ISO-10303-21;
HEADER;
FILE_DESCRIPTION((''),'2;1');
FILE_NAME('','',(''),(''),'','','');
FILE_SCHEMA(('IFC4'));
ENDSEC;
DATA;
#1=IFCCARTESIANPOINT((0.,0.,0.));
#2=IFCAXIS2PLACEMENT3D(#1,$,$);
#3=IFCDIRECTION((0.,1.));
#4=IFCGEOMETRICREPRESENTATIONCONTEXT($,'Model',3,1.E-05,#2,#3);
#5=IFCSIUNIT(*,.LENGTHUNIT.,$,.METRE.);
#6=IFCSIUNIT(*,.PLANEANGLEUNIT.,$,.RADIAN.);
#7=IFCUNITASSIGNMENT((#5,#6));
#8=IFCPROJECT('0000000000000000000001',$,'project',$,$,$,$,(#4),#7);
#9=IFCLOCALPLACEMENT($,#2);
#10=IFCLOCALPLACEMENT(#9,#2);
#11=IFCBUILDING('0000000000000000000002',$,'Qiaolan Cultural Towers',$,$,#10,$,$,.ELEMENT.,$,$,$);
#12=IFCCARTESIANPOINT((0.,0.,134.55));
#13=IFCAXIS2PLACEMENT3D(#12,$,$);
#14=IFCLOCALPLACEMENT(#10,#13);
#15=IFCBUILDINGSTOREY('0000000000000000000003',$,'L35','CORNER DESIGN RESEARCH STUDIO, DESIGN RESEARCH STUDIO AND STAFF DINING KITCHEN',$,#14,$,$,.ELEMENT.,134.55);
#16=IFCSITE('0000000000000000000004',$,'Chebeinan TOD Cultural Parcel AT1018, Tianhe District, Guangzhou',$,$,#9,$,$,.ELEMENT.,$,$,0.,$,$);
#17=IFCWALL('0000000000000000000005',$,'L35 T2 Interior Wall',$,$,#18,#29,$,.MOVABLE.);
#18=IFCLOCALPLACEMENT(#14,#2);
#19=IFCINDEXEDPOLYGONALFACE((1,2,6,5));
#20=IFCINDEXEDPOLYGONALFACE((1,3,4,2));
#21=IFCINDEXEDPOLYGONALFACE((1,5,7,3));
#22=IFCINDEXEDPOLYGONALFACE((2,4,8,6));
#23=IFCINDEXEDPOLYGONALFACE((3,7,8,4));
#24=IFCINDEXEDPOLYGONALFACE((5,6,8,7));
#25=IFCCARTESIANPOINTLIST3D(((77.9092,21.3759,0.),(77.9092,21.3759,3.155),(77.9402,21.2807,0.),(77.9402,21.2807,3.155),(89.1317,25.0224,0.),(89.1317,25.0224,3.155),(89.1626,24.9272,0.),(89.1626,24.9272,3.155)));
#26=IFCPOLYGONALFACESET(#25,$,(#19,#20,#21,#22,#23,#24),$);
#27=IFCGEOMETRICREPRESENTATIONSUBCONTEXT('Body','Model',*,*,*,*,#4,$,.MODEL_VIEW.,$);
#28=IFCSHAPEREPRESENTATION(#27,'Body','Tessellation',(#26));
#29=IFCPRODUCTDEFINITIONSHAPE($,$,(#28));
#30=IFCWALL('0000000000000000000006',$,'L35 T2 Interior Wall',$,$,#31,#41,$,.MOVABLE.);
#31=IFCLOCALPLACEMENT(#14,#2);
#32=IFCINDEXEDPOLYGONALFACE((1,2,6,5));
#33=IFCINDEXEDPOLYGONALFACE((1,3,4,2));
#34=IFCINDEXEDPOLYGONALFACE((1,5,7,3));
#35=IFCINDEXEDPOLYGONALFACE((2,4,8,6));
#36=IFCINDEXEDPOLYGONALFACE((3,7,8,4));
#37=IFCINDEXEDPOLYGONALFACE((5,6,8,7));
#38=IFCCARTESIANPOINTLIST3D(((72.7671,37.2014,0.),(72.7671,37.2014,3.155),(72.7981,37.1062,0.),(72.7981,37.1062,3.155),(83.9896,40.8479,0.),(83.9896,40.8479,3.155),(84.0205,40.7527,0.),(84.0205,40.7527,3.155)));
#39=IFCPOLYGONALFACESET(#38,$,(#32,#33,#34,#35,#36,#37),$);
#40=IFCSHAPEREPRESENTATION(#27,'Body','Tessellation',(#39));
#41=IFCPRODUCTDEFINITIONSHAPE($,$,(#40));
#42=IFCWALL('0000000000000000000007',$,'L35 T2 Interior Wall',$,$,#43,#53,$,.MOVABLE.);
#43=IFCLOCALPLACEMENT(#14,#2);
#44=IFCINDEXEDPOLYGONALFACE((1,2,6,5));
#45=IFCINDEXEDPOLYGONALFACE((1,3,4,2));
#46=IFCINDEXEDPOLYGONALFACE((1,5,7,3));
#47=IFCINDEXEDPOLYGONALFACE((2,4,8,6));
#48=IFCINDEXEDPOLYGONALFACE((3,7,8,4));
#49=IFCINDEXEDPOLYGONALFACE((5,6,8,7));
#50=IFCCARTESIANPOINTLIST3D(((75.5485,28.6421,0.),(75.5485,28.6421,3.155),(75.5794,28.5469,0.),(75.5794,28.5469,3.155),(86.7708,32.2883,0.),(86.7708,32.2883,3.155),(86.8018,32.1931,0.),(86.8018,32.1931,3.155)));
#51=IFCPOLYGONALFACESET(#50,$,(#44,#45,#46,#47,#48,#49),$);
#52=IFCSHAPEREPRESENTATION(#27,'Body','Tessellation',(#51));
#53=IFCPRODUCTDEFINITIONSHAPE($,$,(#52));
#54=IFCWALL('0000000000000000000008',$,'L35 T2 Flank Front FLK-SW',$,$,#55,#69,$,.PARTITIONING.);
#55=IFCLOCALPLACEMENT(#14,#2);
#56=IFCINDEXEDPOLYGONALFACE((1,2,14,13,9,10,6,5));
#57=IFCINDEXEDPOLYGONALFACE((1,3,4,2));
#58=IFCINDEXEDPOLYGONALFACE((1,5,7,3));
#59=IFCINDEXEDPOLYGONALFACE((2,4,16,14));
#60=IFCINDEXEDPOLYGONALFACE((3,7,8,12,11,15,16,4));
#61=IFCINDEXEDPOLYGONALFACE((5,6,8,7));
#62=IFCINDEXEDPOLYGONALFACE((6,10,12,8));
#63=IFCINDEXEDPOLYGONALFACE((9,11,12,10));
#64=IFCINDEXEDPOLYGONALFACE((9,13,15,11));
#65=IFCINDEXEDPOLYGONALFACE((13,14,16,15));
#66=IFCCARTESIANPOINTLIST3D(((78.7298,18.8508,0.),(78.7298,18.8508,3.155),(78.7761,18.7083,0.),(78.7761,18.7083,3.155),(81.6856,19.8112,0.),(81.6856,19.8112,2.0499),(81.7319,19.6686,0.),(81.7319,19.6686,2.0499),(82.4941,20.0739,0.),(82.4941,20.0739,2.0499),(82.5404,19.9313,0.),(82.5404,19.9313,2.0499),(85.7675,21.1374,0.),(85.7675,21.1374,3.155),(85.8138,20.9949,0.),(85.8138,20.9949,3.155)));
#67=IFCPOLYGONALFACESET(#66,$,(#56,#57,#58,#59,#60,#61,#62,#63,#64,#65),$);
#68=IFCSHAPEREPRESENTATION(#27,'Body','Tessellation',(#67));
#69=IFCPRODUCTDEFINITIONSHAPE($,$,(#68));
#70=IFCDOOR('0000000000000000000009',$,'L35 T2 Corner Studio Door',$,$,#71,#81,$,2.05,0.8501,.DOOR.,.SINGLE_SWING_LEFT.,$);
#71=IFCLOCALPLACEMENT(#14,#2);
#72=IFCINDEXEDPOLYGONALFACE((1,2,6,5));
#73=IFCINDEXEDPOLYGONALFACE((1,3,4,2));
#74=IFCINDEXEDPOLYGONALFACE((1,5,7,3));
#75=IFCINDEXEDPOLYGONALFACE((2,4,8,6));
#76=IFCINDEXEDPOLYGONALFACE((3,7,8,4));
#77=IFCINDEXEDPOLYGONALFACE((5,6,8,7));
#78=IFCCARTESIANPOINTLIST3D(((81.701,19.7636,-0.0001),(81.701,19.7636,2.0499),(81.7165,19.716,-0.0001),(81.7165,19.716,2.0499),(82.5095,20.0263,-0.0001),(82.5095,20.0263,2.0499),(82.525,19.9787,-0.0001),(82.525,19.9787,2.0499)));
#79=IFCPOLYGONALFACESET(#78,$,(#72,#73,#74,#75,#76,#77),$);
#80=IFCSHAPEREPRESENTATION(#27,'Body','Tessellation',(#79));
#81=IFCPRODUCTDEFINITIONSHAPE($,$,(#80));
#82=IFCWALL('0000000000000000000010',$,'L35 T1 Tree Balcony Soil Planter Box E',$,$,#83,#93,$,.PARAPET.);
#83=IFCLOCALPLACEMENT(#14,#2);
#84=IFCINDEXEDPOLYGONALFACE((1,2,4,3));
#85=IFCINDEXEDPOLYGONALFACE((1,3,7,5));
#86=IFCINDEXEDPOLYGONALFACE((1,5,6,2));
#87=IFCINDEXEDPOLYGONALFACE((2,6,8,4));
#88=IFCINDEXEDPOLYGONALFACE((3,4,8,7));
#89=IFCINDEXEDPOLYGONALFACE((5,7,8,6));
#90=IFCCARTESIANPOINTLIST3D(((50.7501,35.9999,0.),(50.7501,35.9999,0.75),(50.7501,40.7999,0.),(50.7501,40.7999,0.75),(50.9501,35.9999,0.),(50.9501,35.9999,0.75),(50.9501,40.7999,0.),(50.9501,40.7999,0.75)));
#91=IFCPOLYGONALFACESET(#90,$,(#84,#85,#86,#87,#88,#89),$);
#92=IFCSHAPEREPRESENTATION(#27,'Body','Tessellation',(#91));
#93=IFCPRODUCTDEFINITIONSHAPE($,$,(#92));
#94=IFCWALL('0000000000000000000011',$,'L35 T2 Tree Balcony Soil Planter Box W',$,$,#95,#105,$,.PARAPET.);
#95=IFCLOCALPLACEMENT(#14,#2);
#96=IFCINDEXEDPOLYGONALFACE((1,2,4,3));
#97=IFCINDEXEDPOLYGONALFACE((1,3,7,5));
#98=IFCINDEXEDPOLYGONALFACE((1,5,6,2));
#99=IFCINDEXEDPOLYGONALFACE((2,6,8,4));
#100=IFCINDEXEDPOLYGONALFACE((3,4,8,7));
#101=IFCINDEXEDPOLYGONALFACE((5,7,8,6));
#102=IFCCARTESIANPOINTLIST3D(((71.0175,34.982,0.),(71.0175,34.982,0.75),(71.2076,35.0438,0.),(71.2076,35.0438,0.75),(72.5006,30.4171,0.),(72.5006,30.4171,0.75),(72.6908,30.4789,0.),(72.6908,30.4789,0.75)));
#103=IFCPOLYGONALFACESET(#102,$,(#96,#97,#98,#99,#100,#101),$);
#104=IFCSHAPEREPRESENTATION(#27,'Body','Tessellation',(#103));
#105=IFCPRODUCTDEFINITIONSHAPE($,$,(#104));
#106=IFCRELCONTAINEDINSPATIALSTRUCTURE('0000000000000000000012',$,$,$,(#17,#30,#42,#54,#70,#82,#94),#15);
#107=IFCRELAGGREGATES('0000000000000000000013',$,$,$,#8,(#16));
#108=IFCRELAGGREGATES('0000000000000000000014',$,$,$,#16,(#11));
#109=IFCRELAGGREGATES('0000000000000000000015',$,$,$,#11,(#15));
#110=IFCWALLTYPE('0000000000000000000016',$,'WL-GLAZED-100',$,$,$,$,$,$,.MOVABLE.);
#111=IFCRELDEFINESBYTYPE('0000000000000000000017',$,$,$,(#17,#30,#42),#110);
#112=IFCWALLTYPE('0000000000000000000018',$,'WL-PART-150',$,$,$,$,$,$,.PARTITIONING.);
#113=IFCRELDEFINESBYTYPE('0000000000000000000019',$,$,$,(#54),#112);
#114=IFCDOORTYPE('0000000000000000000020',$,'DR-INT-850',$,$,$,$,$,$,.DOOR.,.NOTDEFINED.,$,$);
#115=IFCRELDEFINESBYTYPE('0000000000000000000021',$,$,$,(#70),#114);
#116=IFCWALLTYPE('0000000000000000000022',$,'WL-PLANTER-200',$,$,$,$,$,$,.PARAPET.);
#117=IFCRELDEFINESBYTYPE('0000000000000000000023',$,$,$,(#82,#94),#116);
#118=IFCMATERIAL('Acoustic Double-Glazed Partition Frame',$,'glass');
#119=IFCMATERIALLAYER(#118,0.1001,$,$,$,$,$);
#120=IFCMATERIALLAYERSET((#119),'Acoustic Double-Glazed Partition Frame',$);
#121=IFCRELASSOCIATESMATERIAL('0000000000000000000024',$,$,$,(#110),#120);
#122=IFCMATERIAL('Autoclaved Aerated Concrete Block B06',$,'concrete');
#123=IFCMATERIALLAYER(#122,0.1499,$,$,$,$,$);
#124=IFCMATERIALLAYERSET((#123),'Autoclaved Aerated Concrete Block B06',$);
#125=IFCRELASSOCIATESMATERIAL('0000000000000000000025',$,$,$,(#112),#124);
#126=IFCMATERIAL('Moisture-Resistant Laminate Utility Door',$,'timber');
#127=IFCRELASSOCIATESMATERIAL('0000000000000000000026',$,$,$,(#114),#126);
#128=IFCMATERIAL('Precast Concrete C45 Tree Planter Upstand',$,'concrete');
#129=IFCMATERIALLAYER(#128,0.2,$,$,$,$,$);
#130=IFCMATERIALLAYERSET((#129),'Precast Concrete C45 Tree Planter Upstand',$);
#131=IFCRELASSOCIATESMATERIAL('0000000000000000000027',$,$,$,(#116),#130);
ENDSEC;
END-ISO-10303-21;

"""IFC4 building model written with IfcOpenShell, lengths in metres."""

from ifc_helpers import new_model, si_unit, direction, frame, frame_2d, origin, place, context, subcontext, project, spatial, rectangle, extrude, material, layer, layer_set, type_object, element, fill, save


model = new_model("IFC4")

# Units and contexts
model_context = context("Model", 3, precision=1e-05, world=origin(), true_north=direction((0.0, 1.0)))
body_context = subcontext(model_context, "Body", "Model", "MODEL_VIEW")
ifc_project = project(units=[si_unit("LENGTHUNIT", "METRE"), si_unit("PLANEANGLEUNIT", "RADIAN")], contexts=[model_context])

# Site, building, storey
site_placement = place(None, origin())
site = spatial("IfcSite", under=ifc_project, at=site_placement, Name="Chebeinan TOD Cultural Parcel AT1018, Tianhe District, Guangzhou", CompositionType="ELEMENT", RefElevation=0.0)
building_placement = place(site_placement, origin())
building = spatial("IfcBuilding", under=site, at=building_placement, Name="Qiaolan Cultural Towers", CompositionType="ELEMENT")
storey_placement = place(building_placement, frame((0.0, 0.0, 134.55)))
storey = spatial("IfcBuildingStorey", under=building, at=storey_placement, Name="L35", Description="CORNER DESIGN RESEARCH STUDIO, DESIGN RESEARCH STUDIO AND STAFF DINING KITCHEN", CompositionType="ELEMENT", Elevation=134.55)

# Walls
ifc_material_1 = material(Name="Acoustic Double-Glazed Partition Frame", Category="glass")
ifc_layer_1 = layer(ifc_material_1, 0.1001)
ifc_layer_set_1 = layer_set([ifc_layer_1], Name="Acoustic Double-Glazed Partition Frame")
wall_type_1 = type_object("IfcWallType", Name="WL-GLAZED-100", PredefinedType="MOVABLE", material=ifc_layer_set_1)
for number, where, z_axis, x_axis, name in (
    (1, (77.9248, 21.3284, 0.0), (0.0, 0.0, 1.0), (0.951054, 0.309025, 0.0), "L35 T2 Interior Wall"),
    (2, (72.7827, 37.1538, 0.0), (0.0, 0.0, 1.0), (0.951054, 0.309025, 0.0), "L35 T2 Interior Wall"),
):
    element("IfcWall", number, at=place(storey_placement, frame(where, z_axis=z_axis, x_axis=x_axis)), inside=storey, type_object=wall_type_1, Name=name, PredefinedType="MOVABLE", context=body_context, shape_type="SweptSolid", body=[
        extrude(rectangle(XDim=11.8, YDim=0.1001, at=frame_2d((5.8999, 0.0))), origin(), (0.0, 0.0, 1.0), 3.155),
    ])
wall_1_placement = place(storey_placement, frame((75.564, 28.5945, 0.0), z_axis=(0.0, 0.0, 1.0), x_axis=(0.95106, 0.309006, 0.0)))
element("IfcWall", 3, at=wall_1_placement, inside=storey, type_object=wall_type_1, Name="L35 T2 Interior Wall", PredefinedType="MOVABLE", context=body_context, shape_type="SweptSolid", body=[
    extrude(rectangle(XDim=11.7998, YDim=0.1001, at=frame_2d((5.8999, 0.0))), origin(), (0.0, 0.0, 1.0), 3.155),
])

# Wall, opening, door
ifc_material_2 = material(Name="Autoclaved Aerated Concrete Block B06", Category="concrete")
ifc_layer_2 = layer(ifc_material_2, 0.1499)
ifc_layer_set_2 = layer_set([ifc_layer_2], Name="Autoclaved Aerated Concrete Block B06")
wall_type_2 = type_object("IfcWallType", Name="WL-PART-150", PredefinedType="PARTITIONING", material=ifc_layer_set_2)
wall_2_placement = place(storey_placement, frame((78.7529, 18.7795, 0.0), z_axis=(0.0, 0.0, 1.0), x_axis=(0.951061, 0.309003, 0.0)))
wall_2 = element("IfcWall", 4, at=wall_2_placement, inside=storey, type_object=wall_type_2, Name="L35 T2 Flank Front FLK-SW", PredefinedType="PARTITIONING", context=body_context, shape_type="SweptSolid", body=[
    extrude(rectangle(XDim=7.3999, YDim=0.1499, at=frame_2d((3.7, 0.0))), origin(), (0.0, 0.0, 1.0), 3.155),
])
opening_placement = place(wall_2_placement, frame((3.1079, 0.0, 0.0)))
opening = element("IfcOpeningElement", 5, at=opening_placement, cuts=wall_2, PredefinedType="OPENING", context=body_context, shape_type="SweptSolid", body=[
    extrude(rectangle(XDim=0.8501, YDim=2.05, at=frame_2d((0.425, 1.0249))), frame((0.0, 0.085, 0.0), z_axis=(0.0, -1.0, 0.0), x_axis=(1.0, 0.0, 0.0)), (0.0, 0.0, 1.0), 0.1699),
])
ifc_material_3 = material(Name="Moisture-Resistant Laminate Utility Door", Category="timber")
door_type = type_object("IfcDoorType", Name="DR-INT-850", OperationType="NOTDEFINED", PredefinedType="DOOR", material=ifc_material_3)
door_placement = place(opening_placement, origin())
door = element("IfcDoor", 6, at=door_placement, inside=storey, type_object=door_type, Name="L35 T2 Corner Studio Door", OperationType="SINGLE_SWING_LEFT", OverallHeight=2.05, OverallWidth=0.8501, PredefinedType="DOOR", context=body_context, shape_type="SweptSolid", body=[
    extrude(rectangle(XDim=0.8501, YDim=2.05, at=frame_2d((0.425, 1.0249))), frame((0.0, 0.0249, 0.0), z_axis=(0.0, -1.0, 0.0), x_axis=(1.0, 0.0, 0.0)), (0.0, 0.0, 1.0), 0.05),
])
fill(opening, door)

# Walls
ifc_material_4 = material(Name="Precast Concrete C45 Tree Planter Upstand", Category="concrete")
ifc_layer_3 = layer(ifc_material_4, 0.2)
ifc_layer_set_3 = layer_set([ifc_layer_3], Name="Precast Concrete C45 Tree Planter Upstand")
wall_type_3 = type_object("IfcWallType", Name="WL-PLANTER-200", PredefinedType="PARAPET", material=ifc_layer_set_3)
wall_3_placement = place(storey_placement, frame((50.8501, 36.0, 0.0), z_axis=(0.0, 0.0, 1.0), x_axis=(0.0, 1.0, 0.0)))
element("IfcWall", 7, at=wall_3_placement, inside=storey, type_object=wall_type_3, Name="L35 T1 Tree Balcony Soil Planter Box E", PredefinedType="PARAPET", context=body_context, shape_type="SweptSolid", body=[
    extrude(rectangle(XDim=4.8, YDim=0.2, at=frame_2d((2.3999, 0.0))), origin(), (0.0, 0.0, 1.0), 0.75),
])
wall_4_placement = place(storey_placement, frame((72.5957, 30.448, 0.0), z_axis=(0.0, 0.0, 1.0), x_axis=(-0.309001, 0.951062, 0.0)))
element("IfcWall", 8, at=wall_4_placement, inside=storey, type_object=wall_type_3, Name="L35 T2 Tree Balcony Soil Planter Box W", PredefinedType="PARAPET", context=body_context, shape_type="SweptSolid", body=[
    extrude(rectangle(XDim=4.7998, YDim=0.2, at=frame_2d((2.3999, 0.0))), origin(), (0.0, 0.0, 1.0), 0.75),
])

save(model, "model.ifc")
